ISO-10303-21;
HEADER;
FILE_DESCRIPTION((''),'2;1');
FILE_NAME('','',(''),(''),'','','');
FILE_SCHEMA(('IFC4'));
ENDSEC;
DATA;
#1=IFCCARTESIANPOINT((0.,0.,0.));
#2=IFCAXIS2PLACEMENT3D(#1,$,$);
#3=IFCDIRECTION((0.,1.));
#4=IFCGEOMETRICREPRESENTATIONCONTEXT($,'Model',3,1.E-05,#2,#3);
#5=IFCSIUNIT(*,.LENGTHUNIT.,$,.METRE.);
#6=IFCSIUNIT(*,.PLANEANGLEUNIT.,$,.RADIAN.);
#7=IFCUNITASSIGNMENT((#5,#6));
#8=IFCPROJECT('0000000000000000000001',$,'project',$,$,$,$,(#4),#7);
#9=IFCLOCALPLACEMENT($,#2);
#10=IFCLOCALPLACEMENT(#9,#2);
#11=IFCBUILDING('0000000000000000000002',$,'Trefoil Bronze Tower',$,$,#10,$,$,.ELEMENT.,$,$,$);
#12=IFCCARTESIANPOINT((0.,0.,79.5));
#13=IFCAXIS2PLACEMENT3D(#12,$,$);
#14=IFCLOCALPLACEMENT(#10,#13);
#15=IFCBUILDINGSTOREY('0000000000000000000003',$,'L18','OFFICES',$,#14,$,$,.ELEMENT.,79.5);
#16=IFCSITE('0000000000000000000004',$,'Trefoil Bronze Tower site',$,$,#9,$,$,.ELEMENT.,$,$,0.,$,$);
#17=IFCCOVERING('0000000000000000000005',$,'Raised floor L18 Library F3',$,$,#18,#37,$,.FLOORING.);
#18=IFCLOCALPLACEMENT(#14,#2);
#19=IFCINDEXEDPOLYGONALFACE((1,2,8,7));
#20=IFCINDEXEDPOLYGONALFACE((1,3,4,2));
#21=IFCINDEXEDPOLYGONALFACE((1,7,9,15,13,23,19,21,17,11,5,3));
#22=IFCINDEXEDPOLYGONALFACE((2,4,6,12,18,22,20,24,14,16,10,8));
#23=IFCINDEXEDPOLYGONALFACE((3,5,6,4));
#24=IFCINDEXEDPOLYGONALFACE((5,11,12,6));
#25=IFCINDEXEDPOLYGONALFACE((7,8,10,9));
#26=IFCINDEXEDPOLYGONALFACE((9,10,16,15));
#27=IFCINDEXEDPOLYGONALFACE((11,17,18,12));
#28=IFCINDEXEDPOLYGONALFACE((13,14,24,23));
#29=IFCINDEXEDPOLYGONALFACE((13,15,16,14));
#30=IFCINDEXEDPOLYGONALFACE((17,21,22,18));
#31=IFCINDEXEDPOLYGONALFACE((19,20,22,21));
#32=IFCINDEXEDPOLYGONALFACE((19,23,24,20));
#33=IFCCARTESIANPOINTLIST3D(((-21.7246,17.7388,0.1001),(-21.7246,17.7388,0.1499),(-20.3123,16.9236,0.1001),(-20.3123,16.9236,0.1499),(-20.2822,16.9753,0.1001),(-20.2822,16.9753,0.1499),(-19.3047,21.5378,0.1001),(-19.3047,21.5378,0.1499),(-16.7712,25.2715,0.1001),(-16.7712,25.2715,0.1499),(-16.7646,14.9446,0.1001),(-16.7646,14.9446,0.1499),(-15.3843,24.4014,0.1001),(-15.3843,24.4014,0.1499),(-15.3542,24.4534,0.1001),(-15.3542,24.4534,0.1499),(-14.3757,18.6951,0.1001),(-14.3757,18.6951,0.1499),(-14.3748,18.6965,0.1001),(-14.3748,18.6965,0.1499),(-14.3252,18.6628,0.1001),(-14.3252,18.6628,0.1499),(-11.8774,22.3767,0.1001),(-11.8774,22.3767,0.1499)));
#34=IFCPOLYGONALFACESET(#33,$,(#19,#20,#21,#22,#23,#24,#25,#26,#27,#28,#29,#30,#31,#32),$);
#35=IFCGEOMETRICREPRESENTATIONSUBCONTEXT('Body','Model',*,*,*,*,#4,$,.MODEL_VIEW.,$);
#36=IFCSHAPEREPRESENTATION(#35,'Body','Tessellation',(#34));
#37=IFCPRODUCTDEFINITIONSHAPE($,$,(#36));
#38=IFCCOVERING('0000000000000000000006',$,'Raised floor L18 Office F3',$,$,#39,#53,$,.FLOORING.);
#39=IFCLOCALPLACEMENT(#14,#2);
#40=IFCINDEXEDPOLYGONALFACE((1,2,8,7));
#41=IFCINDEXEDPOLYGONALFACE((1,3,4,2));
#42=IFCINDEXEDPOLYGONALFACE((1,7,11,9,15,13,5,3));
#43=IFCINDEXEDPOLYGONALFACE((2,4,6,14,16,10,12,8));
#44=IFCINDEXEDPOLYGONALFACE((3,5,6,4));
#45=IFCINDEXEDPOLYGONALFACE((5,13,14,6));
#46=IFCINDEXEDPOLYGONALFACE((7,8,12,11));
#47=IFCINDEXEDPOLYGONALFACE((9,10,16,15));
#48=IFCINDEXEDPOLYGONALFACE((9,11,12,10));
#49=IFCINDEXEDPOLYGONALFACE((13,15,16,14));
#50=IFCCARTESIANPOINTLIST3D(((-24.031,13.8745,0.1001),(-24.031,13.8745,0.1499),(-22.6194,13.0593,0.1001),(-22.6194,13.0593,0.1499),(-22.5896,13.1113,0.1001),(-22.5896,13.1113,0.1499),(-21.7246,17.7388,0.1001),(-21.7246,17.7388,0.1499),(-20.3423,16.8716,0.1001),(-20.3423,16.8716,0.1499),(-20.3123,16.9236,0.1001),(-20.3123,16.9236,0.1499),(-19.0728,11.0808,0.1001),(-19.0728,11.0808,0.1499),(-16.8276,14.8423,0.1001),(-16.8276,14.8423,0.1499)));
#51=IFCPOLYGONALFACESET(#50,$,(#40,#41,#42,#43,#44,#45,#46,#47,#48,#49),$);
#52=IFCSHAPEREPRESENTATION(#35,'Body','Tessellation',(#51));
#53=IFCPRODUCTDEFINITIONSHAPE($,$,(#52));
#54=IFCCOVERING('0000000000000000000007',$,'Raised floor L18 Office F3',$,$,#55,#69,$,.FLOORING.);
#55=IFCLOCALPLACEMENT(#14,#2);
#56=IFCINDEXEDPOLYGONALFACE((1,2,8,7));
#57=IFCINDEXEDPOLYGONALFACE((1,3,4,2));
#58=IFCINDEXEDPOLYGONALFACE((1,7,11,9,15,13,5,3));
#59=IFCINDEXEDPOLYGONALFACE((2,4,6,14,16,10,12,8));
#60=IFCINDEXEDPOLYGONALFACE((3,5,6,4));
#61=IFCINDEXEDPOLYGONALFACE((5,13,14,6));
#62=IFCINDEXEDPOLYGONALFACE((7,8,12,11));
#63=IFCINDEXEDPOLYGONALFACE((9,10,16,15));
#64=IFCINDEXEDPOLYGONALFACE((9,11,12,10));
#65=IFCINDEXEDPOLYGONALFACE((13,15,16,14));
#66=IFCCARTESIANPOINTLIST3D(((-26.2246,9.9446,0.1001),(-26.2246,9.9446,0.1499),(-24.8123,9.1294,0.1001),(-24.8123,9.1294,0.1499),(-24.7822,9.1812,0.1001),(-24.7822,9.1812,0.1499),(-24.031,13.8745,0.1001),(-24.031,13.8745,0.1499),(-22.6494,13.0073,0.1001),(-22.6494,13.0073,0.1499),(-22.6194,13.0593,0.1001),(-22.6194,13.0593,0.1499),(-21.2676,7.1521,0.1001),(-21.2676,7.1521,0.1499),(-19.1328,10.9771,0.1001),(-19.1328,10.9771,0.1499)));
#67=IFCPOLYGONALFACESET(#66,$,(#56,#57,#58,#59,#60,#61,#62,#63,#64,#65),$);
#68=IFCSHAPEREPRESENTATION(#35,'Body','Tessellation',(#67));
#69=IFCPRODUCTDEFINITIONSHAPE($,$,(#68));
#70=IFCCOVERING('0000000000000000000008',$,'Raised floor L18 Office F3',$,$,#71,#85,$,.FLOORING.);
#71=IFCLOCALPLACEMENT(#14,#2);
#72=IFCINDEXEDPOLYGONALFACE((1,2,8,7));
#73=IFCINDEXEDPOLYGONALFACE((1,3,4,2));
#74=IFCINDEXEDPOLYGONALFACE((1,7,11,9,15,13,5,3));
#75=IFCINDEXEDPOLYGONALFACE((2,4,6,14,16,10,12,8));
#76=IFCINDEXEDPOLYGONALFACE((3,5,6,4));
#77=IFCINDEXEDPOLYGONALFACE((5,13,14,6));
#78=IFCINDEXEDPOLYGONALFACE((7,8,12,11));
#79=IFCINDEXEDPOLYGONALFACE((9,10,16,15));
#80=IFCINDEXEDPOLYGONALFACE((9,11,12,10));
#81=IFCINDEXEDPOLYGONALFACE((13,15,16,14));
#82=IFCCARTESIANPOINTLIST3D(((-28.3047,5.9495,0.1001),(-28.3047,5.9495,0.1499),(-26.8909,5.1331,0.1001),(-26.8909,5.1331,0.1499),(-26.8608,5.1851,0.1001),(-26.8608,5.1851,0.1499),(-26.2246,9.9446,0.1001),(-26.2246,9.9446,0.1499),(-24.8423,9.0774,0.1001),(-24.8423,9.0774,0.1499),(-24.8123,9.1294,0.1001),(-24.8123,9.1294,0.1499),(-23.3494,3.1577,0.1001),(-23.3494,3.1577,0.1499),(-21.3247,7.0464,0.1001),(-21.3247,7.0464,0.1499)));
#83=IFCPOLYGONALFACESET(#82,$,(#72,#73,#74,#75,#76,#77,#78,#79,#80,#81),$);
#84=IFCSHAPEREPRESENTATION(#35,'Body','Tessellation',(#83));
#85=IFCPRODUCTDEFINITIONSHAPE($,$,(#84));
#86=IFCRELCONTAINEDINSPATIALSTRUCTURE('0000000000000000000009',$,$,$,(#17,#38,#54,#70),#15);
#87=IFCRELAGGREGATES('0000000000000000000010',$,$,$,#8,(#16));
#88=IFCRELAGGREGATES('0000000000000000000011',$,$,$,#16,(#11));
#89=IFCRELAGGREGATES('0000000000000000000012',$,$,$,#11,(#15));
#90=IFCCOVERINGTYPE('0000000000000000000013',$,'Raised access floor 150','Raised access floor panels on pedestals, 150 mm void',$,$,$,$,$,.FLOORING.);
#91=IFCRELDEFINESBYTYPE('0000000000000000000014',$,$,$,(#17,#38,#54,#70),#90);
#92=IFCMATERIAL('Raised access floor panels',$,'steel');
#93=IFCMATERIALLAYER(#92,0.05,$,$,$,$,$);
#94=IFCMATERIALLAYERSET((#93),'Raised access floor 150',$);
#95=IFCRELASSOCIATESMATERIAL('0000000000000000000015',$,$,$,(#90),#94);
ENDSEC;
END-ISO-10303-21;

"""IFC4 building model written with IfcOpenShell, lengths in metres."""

from ifc_helpers import new_model, si_unit, direction, frame, origin, place, context, subcontext, project, spatial, polyline, outline, extrude, material, layer, layer_set, type_object, element, save


model = new_model("IFC4")

# Units and contexts
model_context = context("Model", 3, precision=1e-05, world=origin(), true_north=direction((0.0, 1.0)))
body_context = subcontext(model_context, "Body", "Model", "MODEL_VIEW")
ifc_project = project(units=[si_unit("LENGTHUNIT", "METRE"), si_unit("PLANEANGLEUNIT", "RADIAN")], contexts=[model_context])

# Site, building, storey
site_placement = place(None, origin())
site = spatial("IfcSite", under=ifc_project, at=site_placement, Name="Trefoil Bronze Tower site", CompositionType="ELEMENT", RefElevation=0.0)
building_placement = place(site_placement, origin())
building = spatial("IfcBuilding", under=site, at=building_placement, Name="Trefoil Bronze Tower", CompositionType="ELEMENT")
storey_placement = place(building_placement, frame((0.0, 0.0, 79.5)))
storey = spatial("IfcBuildingStorey", under=building, at=storey_placement, Name="L18", Description="OFFICES", CompositionType="ELEMENT", Elevation=79.5)

# Coverings
ifc_material_1 = material(Name="Raised access floor panels", Category="steel")
ifc_layer_1 = layer(ifc_material_1, 0.05)
ifc_layer_set_1 = layer_set([ifc_layer_1], Name="Raised access floor 150")
covering_type_1 = type_object("IfcCoveringType", Name="Raised access floor 150", Description="Raised access floor panels on pedestals, 150 mm void", PredefinedType="FLOORING", material=ifc_layer_set_1)
covering_1_placement = place(storey_placement, frame((0.0, 0.0, 0.1001)))
element("IfcCovering", 1, at=covering_1_placement, inside=storey, type_object=covering_type_1, Name="Raised floor L18 Library F3", PredefinedType="FLOORING", context=body_context, shape_type="SweptSolid", body=[
    extrude(outline(polyline([(-19.3047, 21.5378), (-16.7712, 25.2715), (-15.3542, 24.4534), (-15.3843, 24.4014), (-11.8774, 22.3767), (-14.3748, 18.6965), (-14.3252, 18.6628), (-14.3757, 18.6951), (-16.7646, 14.9446), (-20.2822, 16.9753), (-20.3123, 16.9236), (-21.7246, 17.7388), (-19.3047, 21.5378)])), origin(), (0.0, 0.0, 1.0), 0.0498),
])
covering_2_placement = place(storey_placement, frame((0.0, 0.0, 0.1001)))
element("IfcCovering", 2, at=covering_2_placement, inside=storey, type_object=covering_type_1, Name="Raised floor L18 Office F3", PredefinedType="FLOORING", context=body_context, shape_type="SweptSolid", body=[
    extrude(outline(polyline([(-24.031, 13.8745), (-21.7246, 17.7388), (-20.3123, 16.9236), (-20.3423, 16.8716), (-16.8276, 14.8423), (-19.0728, 11.0808), (-22.5896, 13.1113), (-22.6194, 13.0593), (-24.031, 13.8745)])), origin(), (0.0, 0.0, 1.0), 0.0498),
])
covering_3_placement = place(storey_placement, frame((0.0, 0.0, 0.1001)))
element("IfcCovering", 3, at=covering_3_placement, inside=storey, type_object=covering_type_1, Name="Raised floor L18 Office F3", PredefinedType="FLOORING", context=body_context, shape_type="SweptSolid", body=[
    extrude(outline(polyline([(-26.2246, 9.9446), (-24.031, 13.8745), (-22.6194, 13.0593), (-22.6494, 13.0073), (-19.1328, 10.9771), (-21.2676, 7.1521), (-24.7822, 9.1812), (-24.8123, 9.1294), (-26.2246, 9.9446)])), origin(), (0.0, 0.0, 1.0), 0.0498),
])
covering_4_placement = place(storey_placement, frame((0.0, 0.0, 0.1001)))
element("IfcCovering", 4, at=covering_4_placement, inside=storey, type_object=covering_type_1, Name="Raised floor L18 Office F3", PredefinedType="FLOORING", context=body_context, shape_type="SweptSolid", body=[
    extrude(outline(polyline([(-28.3047, 5.9495), (-26.2246, 9.9446), (-24.8123, 9.1294), (-24.8423, 9.0774), (-21.3247, 7.0464), (-23.3494, 3.1577), (-26.8608, 5.1851), (-26.8909, 5.1331), (-28.3047, 5.9495)])), origin(), (0.0, 0.0, 1.0), 0.0498),
])

save(model, "model.ifc")
